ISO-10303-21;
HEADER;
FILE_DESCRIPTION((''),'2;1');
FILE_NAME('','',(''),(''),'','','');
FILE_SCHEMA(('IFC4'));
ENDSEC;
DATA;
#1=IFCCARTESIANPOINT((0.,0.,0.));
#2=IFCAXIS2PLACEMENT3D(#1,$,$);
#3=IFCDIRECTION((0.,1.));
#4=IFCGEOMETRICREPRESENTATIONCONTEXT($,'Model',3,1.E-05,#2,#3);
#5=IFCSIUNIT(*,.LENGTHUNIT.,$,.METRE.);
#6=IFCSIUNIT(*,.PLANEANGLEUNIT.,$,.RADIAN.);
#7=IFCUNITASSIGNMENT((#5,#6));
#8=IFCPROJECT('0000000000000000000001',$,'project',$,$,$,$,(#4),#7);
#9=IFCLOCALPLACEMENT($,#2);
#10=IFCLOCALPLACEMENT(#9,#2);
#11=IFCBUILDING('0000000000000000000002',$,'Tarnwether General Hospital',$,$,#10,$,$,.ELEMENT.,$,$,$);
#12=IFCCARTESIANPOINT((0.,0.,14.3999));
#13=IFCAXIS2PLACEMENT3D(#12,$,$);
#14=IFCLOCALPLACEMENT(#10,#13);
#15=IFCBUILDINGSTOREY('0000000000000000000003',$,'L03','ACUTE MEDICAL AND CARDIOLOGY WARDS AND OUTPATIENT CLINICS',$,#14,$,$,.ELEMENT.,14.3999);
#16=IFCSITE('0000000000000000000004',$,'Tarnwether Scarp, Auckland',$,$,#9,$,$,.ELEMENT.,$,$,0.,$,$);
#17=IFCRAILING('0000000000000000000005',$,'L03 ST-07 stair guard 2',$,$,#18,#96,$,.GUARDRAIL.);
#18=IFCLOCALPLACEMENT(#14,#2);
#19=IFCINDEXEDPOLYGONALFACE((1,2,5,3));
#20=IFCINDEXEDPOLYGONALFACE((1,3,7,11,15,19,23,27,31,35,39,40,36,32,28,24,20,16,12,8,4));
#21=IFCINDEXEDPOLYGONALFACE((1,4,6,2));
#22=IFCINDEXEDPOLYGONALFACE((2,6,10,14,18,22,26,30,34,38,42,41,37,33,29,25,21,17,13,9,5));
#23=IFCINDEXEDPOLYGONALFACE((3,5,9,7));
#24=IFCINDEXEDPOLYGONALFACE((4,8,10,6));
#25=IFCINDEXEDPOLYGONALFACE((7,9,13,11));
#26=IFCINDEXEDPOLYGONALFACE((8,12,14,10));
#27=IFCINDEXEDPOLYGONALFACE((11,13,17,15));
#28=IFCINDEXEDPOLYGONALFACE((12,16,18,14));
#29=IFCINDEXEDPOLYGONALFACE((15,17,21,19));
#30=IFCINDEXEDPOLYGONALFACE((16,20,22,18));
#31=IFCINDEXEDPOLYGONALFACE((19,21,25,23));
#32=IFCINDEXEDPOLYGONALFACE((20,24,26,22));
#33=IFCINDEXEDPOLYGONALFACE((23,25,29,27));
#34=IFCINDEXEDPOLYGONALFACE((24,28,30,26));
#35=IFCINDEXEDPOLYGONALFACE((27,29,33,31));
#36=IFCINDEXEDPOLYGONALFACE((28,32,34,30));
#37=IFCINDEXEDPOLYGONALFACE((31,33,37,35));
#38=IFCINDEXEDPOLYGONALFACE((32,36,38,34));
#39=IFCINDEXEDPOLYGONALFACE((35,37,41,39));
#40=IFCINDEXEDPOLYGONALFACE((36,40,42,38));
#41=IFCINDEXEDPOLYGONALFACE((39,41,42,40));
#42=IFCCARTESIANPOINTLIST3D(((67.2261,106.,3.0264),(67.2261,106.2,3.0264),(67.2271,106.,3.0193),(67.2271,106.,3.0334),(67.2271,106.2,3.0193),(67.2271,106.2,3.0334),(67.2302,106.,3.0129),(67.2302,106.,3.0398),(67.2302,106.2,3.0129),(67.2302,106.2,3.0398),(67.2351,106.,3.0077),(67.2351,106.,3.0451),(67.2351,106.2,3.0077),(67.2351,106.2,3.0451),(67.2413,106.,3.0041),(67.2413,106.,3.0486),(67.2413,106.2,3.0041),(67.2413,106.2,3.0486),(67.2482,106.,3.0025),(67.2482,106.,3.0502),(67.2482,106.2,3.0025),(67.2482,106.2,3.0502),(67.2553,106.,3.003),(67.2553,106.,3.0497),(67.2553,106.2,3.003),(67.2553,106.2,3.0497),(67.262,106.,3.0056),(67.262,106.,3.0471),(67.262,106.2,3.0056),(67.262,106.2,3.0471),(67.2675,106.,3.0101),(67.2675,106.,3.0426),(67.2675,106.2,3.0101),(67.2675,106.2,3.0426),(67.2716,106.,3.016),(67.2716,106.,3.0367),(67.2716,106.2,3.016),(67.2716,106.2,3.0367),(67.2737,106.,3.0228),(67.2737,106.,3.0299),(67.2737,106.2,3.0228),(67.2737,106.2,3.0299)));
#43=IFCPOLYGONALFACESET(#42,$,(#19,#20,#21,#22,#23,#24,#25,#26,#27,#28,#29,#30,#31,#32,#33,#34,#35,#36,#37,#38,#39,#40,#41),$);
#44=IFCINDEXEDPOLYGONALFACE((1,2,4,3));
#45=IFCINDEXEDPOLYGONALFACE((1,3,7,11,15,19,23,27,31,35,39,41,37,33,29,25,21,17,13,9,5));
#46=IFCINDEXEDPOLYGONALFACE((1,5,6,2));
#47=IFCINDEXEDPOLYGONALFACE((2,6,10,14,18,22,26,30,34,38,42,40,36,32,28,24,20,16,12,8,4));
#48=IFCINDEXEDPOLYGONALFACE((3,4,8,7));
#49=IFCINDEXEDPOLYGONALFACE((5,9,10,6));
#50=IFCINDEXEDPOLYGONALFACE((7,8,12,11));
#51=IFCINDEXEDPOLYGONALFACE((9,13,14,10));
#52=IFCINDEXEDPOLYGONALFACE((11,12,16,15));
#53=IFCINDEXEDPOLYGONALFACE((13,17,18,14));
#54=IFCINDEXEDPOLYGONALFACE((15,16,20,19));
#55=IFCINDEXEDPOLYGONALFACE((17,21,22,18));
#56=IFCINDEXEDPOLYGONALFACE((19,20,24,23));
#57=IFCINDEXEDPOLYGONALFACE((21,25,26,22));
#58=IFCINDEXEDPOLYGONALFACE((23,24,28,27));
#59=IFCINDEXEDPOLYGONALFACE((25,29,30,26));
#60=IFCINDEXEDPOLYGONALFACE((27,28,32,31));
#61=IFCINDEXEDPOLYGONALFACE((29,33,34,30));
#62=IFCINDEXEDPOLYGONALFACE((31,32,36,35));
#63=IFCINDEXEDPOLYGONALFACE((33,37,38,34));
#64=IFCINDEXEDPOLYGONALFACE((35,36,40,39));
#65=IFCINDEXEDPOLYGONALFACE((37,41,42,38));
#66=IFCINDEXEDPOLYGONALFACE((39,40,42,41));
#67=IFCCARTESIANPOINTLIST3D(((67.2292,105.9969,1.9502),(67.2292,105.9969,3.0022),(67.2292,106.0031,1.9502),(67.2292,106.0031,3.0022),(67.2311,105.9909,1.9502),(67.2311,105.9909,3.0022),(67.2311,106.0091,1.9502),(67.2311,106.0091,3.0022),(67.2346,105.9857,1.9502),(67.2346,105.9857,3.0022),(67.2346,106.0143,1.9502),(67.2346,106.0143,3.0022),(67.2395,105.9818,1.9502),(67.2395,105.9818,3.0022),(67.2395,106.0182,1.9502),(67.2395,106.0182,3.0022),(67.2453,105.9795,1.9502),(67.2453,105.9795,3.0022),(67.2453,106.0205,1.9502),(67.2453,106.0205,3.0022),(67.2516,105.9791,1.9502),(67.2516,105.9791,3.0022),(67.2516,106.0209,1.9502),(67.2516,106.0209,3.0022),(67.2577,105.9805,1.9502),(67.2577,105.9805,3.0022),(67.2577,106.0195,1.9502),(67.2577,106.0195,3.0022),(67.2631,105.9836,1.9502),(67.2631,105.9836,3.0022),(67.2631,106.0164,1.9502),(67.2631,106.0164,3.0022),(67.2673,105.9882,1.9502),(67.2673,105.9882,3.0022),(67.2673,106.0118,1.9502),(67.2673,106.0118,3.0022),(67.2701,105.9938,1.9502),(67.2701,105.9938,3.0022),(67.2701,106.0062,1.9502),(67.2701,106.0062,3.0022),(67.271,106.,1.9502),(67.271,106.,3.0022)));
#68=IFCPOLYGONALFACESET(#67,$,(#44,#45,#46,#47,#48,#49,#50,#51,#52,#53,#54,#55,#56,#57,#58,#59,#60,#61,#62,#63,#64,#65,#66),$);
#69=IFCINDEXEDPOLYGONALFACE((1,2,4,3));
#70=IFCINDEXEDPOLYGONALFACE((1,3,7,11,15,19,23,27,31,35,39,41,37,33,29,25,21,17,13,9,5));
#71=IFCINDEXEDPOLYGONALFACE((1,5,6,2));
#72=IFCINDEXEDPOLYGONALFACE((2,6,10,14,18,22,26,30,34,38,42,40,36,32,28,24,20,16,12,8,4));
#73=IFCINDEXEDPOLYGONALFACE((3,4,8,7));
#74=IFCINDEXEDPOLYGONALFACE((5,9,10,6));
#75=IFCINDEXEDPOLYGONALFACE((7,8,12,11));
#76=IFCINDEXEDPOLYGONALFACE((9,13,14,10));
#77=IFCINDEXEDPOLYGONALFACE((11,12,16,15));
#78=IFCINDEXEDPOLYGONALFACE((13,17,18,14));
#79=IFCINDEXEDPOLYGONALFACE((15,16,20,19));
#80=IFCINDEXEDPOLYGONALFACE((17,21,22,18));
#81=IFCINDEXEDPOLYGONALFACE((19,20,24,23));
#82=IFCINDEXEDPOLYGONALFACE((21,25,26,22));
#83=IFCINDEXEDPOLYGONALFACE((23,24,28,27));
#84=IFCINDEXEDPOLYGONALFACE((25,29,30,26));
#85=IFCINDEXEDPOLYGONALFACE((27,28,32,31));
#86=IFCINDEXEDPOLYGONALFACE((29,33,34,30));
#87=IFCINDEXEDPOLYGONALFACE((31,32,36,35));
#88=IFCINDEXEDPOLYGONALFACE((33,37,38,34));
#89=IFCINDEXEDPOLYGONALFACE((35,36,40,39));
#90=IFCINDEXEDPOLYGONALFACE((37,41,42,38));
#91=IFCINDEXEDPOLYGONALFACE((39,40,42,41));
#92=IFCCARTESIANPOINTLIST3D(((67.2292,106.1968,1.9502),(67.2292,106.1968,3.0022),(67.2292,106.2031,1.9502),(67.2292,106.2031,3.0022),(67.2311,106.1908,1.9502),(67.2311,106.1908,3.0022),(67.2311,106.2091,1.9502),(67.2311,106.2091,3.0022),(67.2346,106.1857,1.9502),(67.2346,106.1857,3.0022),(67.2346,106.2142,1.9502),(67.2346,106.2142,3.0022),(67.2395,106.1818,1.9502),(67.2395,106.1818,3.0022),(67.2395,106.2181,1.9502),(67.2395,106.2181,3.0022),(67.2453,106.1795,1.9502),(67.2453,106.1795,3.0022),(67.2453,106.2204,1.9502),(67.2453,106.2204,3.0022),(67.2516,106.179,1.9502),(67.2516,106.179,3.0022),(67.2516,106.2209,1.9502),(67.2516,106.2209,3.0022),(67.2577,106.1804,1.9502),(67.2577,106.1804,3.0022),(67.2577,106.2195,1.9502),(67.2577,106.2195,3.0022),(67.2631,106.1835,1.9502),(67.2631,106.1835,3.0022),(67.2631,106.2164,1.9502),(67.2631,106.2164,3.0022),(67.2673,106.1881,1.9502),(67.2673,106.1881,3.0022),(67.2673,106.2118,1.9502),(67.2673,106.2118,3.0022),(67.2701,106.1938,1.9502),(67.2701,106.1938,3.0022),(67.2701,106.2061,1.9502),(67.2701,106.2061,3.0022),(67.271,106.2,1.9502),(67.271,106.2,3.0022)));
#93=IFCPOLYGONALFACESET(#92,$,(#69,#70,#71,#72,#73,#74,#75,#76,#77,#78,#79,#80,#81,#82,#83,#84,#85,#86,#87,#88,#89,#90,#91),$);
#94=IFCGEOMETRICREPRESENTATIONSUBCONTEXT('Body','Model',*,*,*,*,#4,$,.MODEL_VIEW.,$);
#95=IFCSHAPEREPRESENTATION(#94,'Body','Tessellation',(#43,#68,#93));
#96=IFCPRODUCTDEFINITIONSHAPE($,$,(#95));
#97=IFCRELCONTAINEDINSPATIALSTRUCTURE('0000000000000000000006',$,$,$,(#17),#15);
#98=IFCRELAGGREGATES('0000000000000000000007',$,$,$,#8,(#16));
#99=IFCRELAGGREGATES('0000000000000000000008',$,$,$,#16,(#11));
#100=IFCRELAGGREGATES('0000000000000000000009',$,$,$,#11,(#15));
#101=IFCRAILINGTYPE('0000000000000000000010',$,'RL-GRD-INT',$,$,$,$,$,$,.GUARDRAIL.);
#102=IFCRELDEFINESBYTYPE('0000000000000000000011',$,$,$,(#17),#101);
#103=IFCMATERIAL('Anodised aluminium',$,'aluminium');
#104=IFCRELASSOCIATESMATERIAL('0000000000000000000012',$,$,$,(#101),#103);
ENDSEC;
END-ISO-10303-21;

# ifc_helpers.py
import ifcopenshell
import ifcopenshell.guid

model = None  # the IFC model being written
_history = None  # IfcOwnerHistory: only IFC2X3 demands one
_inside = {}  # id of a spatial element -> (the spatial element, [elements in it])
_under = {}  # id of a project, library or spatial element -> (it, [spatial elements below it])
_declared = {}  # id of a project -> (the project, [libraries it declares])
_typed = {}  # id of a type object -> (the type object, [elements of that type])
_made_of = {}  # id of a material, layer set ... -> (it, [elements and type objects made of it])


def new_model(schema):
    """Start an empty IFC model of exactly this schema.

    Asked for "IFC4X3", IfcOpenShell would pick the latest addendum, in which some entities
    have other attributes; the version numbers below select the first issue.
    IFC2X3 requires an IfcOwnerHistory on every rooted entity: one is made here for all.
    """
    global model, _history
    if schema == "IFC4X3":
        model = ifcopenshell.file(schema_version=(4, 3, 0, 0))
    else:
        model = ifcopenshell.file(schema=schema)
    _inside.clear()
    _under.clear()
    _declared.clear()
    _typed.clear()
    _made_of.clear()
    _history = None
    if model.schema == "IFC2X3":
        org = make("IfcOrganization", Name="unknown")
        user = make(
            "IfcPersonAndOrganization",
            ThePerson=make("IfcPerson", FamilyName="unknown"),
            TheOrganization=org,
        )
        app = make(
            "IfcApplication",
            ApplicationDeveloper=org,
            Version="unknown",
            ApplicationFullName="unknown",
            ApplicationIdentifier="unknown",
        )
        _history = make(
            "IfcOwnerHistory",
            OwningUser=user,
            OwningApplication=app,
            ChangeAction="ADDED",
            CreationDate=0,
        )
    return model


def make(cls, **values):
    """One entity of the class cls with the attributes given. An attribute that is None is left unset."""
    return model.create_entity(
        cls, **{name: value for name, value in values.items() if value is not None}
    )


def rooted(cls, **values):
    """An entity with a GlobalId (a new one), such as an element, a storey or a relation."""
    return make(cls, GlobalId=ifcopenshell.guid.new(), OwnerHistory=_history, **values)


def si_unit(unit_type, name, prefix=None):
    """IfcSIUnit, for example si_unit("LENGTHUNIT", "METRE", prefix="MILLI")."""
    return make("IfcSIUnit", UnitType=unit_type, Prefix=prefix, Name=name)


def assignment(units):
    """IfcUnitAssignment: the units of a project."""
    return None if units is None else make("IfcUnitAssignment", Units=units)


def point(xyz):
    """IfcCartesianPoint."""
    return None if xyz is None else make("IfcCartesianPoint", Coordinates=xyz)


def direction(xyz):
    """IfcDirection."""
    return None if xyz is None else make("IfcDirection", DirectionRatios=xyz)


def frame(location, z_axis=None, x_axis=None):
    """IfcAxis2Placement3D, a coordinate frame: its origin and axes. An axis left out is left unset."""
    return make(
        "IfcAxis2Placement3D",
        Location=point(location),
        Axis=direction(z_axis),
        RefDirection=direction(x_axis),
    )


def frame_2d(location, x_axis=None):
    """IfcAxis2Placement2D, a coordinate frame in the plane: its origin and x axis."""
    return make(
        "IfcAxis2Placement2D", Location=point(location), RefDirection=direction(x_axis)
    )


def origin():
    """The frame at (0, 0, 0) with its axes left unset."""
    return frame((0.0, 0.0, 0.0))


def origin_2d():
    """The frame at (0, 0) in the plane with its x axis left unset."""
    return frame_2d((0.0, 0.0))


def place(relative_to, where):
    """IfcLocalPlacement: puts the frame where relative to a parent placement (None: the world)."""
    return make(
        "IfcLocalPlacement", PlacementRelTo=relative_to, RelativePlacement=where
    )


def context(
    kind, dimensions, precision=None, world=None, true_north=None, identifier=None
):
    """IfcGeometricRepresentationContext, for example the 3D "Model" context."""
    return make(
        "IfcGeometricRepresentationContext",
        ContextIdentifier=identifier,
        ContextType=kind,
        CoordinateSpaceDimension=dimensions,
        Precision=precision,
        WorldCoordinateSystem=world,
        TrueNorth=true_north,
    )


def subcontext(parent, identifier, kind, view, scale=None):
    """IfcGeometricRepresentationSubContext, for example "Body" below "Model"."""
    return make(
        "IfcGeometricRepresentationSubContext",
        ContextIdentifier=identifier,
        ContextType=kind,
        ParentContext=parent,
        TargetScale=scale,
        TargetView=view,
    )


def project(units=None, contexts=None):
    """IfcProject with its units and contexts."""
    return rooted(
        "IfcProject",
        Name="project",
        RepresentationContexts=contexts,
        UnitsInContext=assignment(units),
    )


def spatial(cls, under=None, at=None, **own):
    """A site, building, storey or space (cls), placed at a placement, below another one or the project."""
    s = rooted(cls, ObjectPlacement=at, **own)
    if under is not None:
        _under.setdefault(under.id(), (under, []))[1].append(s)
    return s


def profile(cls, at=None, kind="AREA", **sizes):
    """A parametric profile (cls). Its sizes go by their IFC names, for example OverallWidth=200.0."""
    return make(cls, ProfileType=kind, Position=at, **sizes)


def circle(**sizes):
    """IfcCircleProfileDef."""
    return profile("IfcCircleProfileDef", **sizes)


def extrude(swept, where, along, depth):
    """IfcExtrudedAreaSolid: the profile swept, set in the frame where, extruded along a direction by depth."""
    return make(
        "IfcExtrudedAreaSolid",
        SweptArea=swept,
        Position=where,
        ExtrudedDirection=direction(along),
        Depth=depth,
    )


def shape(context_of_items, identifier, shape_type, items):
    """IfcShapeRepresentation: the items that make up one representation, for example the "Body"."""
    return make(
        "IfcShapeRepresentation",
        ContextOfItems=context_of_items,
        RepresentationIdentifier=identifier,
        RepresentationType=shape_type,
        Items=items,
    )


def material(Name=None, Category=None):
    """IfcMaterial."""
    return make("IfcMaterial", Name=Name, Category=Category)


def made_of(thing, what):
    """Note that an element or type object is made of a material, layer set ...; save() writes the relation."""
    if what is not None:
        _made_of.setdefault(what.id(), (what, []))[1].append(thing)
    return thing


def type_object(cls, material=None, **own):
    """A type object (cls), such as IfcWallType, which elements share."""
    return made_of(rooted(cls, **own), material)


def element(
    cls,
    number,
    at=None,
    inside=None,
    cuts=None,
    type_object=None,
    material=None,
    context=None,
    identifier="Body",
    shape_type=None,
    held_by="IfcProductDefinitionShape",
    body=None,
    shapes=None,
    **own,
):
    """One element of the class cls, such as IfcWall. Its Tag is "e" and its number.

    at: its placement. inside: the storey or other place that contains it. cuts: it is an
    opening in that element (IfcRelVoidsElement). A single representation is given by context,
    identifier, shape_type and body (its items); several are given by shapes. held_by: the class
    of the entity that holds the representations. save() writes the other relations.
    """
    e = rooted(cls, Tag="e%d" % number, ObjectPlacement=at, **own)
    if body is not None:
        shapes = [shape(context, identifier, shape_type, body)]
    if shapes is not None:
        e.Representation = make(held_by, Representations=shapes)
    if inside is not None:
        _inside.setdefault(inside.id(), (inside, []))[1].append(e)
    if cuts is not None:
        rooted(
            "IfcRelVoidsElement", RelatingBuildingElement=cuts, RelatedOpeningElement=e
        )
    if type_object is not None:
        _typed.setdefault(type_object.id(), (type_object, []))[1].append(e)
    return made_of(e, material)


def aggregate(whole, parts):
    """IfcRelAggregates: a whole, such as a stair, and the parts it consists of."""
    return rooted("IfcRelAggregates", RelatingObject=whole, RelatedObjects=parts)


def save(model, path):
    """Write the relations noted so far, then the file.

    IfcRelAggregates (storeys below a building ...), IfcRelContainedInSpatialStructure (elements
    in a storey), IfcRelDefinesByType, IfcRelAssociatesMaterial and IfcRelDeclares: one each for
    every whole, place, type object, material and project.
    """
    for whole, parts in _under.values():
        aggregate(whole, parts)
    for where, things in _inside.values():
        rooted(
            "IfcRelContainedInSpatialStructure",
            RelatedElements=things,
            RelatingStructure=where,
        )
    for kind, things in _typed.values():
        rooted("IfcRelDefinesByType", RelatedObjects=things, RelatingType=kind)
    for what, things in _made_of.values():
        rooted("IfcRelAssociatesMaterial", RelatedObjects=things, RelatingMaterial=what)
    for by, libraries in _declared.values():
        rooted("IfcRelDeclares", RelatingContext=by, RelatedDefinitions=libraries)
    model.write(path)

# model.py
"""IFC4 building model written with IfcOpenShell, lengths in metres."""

from ifc_helpers import new_model, si_unit, direction, frame, origin, origin_2d, place, context, subcontext, project, spatial, circle, extrude, material, type_object, element, save


model = new_model("IFC4")

# Units and contexts
model_context = context("Model", 3, precision=1e-05, world=origin(), true_north=direction((0.0, 1.0)))
body_context = subcontext(model_context, "Body", "Model", "MODEL_VIEW")
ifc_project = project(units=[si_unit("LENGTHUNIT", "METRE"), si_unit("PLANEANGLEUNIT", "RADIAN")], contexts=[model_context])

# Site, building, storey
site_placement = place(None, origin())
site = spatial("IfcSite", under=ifc_project, at=site_placement, Name="Tarnwether Scarp, Auckland", CompositionType="ELEMENT", RefElevation=0.0)
building_placement = place(site_placement, origin())
building = spatial("IfcBuilding", under=site, at=building_placement, Name="Tarnwether General Hospital", CompositionType="ELEMENT")
storey_placement = place(building_placement, frame((0.0, 0.0, 14.3999)))
storey = spatial("IfcBuildingStorey", under=building, at=storey_placement, Name="L03", Description="ACUTE MEDICAL AND CARDIOLOGY WARDS AND OUTPATIENT CLINICS", CompositionType="ELEMENT", Elevation=14.3999)

# Railing
ifc_material_1 = material(Name="Anodised aluminium", Category="aluminium")
railing_type = type_object("IfcRailingType", Name="RL-GRD-INT", PredefinedType="GUARDRAIL", material=ifc_material_1)
railing_1_placement = place(storey_placement, frame((67.25, 106.0, 1.9502)))
element("IfcRailing", 1, at=railing_1_placement, inside=storey, type_object=railing_type, Name="L03 ST-07 stair guard 2", PredefinedType="GUARDRAIL", context=body_context, shape_type="SweptSolid", body=[
    extrude(circle(Radius=0.0239, at=origin_2d()), frame((0.0, 0.0, 1.0762), z_axis=(0.0, 1.0, 0.0), x_axis=(-1.0, 0.0, 0.0)), (0.0, 0.0, 1.0), 0.2),
    extrude(circle(Radius=0.021, at=origin_2d()), origin(), (0.0, 0.0, 1.0), 1.052),
    extrude(circle(Radius=0.021, at=origin_2d()), frame((0.0, 0.2, 0.0)), (0.0, 0.0, 1.0), 1.052),
])

save(model, "model.ifc")
